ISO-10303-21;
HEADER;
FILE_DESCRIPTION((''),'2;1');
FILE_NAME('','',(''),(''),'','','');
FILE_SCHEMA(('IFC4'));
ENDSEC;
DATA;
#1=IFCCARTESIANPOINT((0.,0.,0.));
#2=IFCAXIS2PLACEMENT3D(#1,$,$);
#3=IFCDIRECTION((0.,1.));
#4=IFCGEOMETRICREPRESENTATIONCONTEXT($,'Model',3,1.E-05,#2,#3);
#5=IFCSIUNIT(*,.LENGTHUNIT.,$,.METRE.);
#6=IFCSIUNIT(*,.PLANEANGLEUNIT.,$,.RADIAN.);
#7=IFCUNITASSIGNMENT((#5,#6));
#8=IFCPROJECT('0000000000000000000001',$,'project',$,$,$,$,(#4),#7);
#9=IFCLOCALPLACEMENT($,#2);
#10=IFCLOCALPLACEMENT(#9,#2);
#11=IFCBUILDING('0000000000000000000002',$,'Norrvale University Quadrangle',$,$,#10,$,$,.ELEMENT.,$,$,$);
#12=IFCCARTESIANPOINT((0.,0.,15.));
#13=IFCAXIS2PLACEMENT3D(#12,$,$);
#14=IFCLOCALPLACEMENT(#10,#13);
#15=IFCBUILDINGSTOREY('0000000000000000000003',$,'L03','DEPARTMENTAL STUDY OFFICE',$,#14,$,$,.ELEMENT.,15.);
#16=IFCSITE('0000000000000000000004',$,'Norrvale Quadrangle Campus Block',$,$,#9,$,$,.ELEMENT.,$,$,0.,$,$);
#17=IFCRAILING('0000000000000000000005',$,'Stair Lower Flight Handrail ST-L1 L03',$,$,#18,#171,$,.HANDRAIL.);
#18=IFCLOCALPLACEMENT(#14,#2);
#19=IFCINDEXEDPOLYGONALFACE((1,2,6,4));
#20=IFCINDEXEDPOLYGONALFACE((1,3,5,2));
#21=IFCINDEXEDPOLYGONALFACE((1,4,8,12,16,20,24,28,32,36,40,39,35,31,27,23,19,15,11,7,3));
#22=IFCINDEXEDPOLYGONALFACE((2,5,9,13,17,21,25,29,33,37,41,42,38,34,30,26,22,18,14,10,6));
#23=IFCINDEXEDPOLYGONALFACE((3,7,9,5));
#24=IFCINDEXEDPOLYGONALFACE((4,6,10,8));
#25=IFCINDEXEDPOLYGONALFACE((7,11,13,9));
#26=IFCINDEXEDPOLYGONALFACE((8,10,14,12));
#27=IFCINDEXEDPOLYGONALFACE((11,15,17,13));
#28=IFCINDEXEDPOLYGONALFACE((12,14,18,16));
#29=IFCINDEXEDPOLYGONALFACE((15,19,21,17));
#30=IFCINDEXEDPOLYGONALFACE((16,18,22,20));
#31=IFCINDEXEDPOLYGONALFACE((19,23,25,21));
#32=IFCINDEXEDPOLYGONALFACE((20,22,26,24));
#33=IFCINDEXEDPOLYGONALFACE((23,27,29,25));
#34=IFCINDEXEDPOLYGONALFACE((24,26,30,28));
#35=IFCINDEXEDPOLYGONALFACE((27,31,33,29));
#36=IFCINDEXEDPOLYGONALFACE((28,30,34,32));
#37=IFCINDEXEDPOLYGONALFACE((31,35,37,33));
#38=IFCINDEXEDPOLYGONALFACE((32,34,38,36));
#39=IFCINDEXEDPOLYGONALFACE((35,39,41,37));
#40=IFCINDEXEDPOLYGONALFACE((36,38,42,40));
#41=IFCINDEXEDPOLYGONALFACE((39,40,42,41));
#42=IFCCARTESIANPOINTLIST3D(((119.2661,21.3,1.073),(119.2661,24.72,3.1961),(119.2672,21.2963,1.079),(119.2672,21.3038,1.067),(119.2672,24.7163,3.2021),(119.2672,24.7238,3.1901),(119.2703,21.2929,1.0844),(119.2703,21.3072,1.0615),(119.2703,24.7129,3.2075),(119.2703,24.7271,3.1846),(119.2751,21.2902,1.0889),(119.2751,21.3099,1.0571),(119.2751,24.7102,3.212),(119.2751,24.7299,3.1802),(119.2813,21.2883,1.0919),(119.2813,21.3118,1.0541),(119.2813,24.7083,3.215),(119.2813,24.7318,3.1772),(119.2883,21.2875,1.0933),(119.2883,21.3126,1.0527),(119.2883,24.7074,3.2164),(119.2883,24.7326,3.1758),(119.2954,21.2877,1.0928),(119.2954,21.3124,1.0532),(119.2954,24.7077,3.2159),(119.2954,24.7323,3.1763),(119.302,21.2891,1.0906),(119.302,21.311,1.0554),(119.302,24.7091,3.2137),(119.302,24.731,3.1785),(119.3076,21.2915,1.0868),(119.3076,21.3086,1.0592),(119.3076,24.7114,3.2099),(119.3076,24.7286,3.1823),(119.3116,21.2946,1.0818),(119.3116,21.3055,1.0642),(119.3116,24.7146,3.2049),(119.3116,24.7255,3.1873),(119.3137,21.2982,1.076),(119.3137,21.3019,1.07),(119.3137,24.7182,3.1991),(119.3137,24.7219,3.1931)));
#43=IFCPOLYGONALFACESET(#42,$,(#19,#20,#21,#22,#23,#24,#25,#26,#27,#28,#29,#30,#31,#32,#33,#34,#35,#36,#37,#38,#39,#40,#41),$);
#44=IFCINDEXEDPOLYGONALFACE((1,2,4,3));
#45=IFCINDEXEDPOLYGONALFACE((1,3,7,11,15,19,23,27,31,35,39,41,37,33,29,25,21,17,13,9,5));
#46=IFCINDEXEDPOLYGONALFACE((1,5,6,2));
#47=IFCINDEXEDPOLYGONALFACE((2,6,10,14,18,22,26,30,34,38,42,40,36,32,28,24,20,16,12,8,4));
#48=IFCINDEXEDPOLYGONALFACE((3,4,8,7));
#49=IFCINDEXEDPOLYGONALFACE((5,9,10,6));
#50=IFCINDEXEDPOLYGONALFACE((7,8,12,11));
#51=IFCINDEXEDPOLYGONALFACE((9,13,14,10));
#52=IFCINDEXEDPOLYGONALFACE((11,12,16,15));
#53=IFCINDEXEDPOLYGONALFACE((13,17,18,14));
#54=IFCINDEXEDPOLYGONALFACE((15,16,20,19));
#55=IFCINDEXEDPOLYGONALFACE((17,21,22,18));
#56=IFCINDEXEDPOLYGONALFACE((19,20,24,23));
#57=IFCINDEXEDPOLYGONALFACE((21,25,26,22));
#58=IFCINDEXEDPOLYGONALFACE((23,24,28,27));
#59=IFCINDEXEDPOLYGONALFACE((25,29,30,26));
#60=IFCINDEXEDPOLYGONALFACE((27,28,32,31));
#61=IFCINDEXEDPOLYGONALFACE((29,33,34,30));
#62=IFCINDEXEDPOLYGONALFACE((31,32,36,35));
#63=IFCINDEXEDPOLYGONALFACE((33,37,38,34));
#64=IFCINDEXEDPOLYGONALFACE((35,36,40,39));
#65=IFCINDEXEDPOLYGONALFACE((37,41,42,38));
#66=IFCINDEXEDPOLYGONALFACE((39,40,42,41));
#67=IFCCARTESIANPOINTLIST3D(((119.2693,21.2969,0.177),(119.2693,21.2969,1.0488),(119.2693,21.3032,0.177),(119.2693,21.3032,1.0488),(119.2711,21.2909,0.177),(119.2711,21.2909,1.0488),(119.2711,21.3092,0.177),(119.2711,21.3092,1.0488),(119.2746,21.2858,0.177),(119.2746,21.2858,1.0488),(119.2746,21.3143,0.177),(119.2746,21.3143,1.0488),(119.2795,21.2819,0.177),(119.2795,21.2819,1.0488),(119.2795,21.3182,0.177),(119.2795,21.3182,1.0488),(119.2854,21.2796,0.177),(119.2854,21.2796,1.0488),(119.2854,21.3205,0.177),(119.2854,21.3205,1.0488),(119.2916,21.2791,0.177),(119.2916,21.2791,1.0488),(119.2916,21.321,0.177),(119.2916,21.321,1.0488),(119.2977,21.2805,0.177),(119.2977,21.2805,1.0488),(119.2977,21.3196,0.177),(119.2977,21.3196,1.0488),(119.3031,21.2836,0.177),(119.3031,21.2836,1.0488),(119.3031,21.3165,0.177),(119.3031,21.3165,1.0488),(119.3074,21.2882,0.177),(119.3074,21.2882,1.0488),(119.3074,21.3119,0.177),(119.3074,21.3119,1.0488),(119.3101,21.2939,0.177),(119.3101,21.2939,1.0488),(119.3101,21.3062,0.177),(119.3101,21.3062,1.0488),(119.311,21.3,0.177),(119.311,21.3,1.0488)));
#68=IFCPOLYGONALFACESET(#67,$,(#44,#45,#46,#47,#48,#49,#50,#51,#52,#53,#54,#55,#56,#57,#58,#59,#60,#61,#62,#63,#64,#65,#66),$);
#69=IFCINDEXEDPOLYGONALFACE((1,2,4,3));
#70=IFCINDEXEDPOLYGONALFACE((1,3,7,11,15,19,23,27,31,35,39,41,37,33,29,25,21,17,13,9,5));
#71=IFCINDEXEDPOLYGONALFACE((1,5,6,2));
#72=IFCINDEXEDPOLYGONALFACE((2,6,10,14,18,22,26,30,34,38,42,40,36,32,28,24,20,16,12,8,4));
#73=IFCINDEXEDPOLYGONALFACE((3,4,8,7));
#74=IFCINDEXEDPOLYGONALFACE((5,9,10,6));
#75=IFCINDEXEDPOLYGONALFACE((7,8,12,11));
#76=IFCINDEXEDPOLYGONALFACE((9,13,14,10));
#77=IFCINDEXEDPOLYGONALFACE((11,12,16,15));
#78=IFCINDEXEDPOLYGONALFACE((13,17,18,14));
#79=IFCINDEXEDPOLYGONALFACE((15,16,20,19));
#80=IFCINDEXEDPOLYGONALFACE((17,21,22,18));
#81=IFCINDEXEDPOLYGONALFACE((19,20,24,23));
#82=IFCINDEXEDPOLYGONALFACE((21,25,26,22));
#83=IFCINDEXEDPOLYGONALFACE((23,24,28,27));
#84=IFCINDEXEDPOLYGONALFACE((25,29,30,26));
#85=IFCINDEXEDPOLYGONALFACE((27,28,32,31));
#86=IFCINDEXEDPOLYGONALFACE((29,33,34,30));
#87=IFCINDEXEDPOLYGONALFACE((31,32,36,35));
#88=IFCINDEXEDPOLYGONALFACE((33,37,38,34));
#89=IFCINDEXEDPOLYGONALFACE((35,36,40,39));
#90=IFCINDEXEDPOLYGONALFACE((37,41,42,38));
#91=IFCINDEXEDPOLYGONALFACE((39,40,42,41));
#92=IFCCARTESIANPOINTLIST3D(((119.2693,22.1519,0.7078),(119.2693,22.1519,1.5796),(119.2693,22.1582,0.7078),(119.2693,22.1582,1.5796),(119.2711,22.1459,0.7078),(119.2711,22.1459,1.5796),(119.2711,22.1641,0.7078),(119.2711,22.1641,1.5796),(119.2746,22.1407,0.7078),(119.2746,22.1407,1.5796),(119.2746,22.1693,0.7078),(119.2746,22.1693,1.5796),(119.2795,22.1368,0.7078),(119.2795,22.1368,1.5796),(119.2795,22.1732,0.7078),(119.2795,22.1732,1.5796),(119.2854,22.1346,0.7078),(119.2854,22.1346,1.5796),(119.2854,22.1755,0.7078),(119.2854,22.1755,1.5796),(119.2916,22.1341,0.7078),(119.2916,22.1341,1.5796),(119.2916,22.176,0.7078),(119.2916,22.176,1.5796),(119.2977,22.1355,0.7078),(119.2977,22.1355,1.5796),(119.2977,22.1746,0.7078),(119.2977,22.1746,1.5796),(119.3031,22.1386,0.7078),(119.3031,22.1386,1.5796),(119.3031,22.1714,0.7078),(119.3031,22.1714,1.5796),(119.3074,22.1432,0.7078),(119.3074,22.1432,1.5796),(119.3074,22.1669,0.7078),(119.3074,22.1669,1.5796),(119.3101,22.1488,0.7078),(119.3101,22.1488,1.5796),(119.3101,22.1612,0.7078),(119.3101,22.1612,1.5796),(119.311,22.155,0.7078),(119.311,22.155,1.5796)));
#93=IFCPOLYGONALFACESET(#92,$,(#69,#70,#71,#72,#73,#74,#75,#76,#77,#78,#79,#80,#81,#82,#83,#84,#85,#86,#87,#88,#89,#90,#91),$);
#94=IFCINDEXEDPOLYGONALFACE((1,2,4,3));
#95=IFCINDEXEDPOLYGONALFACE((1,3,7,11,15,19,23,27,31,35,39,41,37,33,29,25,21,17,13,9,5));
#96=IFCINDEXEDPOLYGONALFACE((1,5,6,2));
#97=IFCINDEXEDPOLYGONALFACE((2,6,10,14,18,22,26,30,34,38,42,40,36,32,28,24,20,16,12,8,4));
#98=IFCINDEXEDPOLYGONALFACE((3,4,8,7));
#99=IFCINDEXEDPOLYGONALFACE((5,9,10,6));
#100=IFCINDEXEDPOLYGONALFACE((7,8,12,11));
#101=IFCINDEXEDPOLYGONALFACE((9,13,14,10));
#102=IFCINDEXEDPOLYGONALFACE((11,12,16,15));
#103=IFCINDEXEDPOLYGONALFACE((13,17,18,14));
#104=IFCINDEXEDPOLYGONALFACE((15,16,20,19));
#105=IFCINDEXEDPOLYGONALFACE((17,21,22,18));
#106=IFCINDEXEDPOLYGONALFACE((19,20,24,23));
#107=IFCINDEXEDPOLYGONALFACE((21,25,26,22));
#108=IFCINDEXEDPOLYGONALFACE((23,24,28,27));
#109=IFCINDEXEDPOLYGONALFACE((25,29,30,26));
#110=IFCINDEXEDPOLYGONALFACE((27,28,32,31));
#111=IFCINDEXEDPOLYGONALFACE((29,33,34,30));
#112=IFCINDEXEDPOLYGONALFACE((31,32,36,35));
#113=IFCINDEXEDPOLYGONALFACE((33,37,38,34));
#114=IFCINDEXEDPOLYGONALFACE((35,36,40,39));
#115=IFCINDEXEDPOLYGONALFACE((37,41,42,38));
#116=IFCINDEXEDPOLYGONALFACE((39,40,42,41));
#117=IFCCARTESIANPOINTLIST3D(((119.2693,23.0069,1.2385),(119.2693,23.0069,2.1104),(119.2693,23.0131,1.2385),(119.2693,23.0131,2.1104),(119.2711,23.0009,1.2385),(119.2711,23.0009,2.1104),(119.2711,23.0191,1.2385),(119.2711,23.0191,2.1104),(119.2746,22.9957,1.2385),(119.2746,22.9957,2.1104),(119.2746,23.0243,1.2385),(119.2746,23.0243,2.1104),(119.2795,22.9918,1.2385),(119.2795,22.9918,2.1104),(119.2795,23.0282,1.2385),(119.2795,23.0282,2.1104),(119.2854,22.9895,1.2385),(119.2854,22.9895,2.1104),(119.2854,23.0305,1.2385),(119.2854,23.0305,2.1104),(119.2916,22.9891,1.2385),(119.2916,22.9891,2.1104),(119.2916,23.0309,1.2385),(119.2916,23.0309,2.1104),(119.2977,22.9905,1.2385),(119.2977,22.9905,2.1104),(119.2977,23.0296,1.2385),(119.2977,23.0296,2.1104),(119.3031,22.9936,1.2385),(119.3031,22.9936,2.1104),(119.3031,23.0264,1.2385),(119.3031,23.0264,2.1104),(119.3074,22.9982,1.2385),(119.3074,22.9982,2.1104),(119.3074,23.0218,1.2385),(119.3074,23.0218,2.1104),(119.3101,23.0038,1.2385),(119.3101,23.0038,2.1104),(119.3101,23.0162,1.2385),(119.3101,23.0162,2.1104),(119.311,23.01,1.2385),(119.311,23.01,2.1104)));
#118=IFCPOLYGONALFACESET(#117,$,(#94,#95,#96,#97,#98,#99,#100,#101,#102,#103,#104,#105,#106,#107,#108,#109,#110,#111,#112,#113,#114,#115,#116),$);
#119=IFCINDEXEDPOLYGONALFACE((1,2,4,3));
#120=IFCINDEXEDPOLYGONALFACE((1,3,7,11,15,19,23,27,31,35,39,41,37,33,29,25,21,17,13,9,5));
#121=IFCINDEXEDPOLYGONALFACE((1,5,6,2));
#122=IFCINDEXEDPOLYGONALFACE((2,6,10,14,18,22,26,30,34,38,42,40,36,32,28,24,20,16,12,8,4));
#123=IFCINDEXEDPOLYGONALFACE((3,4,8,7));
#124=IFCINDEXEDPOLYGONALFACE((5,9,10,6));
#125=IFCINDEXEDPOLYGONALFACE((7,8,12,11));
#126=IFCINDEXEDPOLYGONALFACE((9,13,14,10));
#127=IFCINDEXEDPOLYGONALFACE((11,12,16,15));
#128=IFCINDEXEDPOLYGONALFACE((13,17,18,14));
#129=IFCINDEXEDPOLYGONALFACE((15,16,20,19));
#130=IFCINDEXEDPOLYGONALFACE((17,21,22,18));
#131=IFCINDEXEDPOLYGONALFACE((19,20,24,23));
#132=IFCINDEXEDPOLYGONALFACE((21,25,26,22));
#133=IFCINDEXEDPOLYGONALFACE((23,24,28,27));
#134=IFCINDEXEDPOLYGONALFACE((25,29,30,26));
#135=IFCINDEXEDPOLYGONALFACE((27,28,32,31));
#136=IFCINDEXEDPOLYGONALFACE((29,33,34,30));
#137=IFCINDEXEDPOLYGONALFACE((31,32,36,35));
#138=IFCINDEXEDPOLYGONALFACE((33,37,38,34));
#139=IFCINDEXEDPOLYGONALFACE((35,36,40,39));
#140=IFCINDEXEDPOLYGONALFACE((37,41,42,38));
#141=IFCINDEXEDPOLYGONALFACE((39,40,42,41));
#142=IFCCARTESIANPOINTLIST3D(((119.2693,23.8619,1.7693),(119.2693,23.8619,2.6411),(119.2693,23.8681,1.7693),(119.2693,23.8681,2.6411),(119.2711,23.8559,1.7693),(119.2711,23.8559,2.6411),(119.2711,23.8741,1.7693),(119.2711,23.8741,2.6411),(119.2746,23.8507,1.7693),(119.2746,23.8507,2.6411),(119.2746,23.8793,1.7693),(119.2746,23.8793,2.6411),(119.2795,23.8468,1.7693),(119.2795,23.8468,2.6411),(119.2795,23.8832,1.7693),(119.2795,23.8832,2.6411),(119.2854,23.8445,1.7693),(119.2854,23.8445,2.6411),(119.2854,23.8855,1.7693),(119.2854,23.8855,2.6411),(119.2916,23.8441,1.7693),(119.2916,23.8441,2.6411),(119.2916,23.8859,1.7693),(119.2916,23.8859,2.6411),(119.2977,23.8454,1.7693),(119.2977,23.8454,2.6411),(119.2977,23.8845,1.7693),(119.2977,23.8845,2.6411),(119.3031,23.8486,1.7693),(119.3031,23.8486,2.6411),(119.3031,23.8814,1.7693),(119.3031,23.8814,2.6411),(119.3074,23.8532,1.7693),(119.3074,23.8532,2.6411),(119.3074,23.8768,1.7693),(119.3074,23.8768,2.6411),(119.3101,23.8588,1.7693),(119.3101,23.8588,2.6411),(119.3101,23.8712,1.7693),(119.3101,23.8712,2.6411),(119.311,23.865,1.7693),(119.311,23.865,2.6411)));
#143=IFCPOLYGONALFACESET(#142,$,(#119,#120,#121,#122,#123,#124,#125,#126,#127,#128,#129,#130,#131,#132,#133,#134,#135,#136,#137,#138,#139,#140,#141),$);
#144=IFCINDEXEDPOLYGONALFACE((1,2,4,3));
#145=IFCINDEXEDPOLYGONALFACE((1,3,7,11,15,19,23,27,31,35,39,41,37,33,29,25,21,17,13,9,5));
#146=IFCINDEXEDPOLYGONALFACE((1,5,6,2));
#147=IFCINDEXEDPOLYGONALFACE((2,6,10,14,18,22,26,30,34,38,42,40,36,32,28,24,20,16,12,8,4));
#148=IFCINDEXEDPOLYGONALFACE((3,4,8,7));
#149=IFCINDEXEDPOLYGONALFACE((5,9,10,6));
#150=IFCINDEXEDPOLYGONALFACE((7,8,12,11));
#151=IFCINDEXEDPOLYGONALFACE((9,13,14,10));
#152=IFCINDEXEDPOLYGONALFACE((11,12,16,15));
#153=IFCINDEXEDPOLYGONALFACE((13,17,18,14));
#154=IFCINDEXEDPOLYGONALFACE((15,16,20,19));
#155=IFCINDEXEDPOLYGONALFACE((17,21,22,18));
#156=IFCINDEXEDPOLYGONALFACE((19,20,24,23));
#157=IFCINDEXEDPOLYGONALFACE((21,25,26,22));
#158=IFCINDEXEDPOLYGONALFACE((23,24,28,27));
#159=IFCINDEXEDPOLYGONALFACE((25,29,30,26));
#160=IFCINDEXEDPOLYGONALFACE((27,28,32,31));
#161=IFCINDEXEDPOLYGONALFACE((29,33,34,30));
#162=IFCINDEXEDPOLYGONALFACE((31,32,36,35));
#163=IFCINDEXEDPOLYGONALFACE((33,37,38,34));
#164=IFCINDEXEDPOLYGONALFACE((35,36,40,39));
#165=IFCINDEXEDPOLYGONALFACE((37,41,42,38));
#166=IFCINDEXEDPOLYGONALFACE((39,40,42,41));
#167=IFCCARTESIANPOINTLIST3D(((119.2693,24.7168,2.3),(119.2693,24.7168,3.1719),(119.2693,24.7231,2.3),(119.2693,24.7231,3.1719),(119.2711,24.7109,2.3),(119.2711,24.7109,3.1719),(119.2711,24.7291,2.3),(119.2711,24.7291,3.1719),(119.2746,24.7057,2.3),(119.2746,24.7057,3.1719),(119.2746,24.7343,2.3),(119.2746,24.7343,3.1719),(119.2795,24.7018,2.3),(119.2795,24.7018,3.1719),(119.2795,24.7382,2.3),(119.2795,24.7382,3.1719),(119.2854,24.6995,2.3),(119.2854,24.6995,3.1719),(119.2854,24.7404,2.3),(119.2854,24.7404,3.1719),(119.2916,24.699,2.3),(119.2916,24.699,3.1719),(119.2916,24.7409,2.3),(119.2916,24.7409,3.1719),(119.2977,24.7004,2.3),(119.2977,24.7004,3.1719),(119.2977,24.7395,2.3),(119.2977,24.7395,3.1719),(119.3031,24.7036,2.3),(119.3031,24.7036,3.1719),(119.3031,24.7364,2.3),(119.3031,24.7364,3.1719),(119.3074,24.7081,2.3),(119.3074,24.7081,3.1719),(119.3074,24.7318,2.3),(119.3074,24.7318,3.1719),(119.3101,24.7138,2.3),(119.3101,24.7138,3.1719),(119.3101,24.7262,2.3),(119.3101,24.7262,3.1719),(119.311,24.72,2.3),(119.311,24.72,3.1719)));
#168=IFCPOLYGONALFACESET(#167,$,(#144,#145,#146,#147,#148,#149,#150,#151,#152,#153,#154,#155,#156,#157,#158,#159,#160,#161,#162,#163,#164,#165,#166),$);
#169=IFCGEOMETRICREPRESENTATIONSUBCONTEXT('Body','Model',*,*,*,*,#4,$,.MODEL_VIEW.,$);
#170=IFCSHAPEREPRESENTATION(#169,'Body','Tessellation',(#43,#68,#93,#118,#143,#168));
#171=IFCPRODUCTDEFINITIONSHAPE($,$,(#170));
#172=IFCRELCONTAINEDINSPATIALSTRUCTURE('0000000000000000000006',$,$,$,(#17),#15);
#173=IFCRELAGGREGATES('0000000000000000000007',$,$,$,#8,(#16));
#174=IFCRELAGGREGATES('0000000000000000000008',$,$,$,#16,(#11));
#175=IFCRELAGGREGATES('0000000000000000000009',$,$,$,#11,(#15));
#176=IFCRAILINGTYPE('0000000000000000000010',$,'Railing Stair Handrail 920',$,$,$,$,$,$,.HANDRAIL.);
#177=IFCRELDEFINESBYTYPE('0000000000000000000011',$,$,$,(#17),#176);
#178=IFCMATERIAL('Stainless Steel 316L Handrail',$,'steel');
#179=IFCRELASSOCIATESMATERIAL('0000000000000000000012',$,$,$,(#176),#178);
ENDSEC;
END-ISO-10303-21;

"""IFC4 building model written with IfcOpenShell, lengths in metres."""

from ifc_helpers import new_model, si_unit, direction, frame, origin, origin_2d, place, context, subcontext, project, spatial, circle, extrude, material, type_object, element, save


model = new_model("IFC4")

# Units and contexts
model_context = context("Model", 3, precision=1e-05, world=origin(), true_north=direction((0.0, 1.0)))
body_context = subcontext(model_context, "Body", "Model", "MODEL_VIEW")
ifc_project = project(units=[si_unit("LENGTHUNIT", "METRE"), si_unit("PLANEANGLEUNIT", "RADIAN")], contexts=[model_context])

# Site, building, storey
site_placement = place(None, origin())
site = spatial("IfcSite", under=ifc_project, at=site_placement, Name="Norrvale Quadrangle Campus Block", CompositionType="ELEMENT", RefElevation=0.0)
building_placement = place(site_placement, origin())
building = spatial("IfcBuilding", under=site, at=building_placement, Name="Norrvale University Quadrangle", CompositionType="ELEMENT")
storey_placement = place(building_placement, frame((0.0, 0.0, 15.0)))
storey = spatial("IfcBuildingStorey", under=building, at=storey_placement, Name="L03", Description="DEPARTMENTAL STUDY OFFICE", CompositionType="ELEMENT", Elevation=15.0)

# Railing
ifc_material_1 = material(Name="Stainless Steel 316L Handrail", Category="steel")
railing_type_1 = type_object("IfcRailingType", Name="Railing Stair Handrail 920", PredefinedType="HANDRAIL", material=ifc_material_1)
railing_1_placement = place(storey_placement, frame((119.29, 21.3, 0.177)))
element("IfcRailing", 1, at=railing_1_placement, inside=storey, type_object=railing_type_1, Name="Stair Lower Flight Handrail ST-L1 L03", PredefinedType="HANDRAIL", context=body_context, shape_type="SweptSolid", body=[
    extrude(circle(Radius=0.0239, at=origin_2d()), frame((0.0, 0.0, 0.896), z_axis=(0.0, 0.849603, 0.527423), x_axis=(-1.0, 0.0, 0.0)), (0.0, 0.0, 1.0), 4.0254),
    extrude(circle(Radius=0.021, at=origin_2d()), origin(), (0.0, 0.0, 1.0), 0.8718),
    extrude(circle(Radius=0.021, at=origin_2d()), frame((0.0, 0.855, 0.5308)), (0.0, 0.0, 1.0), 0.8718),
    extrude(circle(Radius=0.021, at=origin_2d()), frame((0.0, 1.71, 1.0615)), (0.0, 0.0, 1.0), 0.8718),
    extrude(circle(Radius=0.021, at=origin_2d()), frame((0.0, 2.5649, 1.5923)), (0.0, 0.0, 1.0), 0.8718),
    extrude(circle(Radius=0.021, at=origin_2d()), frame((0.0, 3.4199, 2.123)), (0.0, 0.0, 1.0), 0.8718),
])

save(model, "model.ifc")
